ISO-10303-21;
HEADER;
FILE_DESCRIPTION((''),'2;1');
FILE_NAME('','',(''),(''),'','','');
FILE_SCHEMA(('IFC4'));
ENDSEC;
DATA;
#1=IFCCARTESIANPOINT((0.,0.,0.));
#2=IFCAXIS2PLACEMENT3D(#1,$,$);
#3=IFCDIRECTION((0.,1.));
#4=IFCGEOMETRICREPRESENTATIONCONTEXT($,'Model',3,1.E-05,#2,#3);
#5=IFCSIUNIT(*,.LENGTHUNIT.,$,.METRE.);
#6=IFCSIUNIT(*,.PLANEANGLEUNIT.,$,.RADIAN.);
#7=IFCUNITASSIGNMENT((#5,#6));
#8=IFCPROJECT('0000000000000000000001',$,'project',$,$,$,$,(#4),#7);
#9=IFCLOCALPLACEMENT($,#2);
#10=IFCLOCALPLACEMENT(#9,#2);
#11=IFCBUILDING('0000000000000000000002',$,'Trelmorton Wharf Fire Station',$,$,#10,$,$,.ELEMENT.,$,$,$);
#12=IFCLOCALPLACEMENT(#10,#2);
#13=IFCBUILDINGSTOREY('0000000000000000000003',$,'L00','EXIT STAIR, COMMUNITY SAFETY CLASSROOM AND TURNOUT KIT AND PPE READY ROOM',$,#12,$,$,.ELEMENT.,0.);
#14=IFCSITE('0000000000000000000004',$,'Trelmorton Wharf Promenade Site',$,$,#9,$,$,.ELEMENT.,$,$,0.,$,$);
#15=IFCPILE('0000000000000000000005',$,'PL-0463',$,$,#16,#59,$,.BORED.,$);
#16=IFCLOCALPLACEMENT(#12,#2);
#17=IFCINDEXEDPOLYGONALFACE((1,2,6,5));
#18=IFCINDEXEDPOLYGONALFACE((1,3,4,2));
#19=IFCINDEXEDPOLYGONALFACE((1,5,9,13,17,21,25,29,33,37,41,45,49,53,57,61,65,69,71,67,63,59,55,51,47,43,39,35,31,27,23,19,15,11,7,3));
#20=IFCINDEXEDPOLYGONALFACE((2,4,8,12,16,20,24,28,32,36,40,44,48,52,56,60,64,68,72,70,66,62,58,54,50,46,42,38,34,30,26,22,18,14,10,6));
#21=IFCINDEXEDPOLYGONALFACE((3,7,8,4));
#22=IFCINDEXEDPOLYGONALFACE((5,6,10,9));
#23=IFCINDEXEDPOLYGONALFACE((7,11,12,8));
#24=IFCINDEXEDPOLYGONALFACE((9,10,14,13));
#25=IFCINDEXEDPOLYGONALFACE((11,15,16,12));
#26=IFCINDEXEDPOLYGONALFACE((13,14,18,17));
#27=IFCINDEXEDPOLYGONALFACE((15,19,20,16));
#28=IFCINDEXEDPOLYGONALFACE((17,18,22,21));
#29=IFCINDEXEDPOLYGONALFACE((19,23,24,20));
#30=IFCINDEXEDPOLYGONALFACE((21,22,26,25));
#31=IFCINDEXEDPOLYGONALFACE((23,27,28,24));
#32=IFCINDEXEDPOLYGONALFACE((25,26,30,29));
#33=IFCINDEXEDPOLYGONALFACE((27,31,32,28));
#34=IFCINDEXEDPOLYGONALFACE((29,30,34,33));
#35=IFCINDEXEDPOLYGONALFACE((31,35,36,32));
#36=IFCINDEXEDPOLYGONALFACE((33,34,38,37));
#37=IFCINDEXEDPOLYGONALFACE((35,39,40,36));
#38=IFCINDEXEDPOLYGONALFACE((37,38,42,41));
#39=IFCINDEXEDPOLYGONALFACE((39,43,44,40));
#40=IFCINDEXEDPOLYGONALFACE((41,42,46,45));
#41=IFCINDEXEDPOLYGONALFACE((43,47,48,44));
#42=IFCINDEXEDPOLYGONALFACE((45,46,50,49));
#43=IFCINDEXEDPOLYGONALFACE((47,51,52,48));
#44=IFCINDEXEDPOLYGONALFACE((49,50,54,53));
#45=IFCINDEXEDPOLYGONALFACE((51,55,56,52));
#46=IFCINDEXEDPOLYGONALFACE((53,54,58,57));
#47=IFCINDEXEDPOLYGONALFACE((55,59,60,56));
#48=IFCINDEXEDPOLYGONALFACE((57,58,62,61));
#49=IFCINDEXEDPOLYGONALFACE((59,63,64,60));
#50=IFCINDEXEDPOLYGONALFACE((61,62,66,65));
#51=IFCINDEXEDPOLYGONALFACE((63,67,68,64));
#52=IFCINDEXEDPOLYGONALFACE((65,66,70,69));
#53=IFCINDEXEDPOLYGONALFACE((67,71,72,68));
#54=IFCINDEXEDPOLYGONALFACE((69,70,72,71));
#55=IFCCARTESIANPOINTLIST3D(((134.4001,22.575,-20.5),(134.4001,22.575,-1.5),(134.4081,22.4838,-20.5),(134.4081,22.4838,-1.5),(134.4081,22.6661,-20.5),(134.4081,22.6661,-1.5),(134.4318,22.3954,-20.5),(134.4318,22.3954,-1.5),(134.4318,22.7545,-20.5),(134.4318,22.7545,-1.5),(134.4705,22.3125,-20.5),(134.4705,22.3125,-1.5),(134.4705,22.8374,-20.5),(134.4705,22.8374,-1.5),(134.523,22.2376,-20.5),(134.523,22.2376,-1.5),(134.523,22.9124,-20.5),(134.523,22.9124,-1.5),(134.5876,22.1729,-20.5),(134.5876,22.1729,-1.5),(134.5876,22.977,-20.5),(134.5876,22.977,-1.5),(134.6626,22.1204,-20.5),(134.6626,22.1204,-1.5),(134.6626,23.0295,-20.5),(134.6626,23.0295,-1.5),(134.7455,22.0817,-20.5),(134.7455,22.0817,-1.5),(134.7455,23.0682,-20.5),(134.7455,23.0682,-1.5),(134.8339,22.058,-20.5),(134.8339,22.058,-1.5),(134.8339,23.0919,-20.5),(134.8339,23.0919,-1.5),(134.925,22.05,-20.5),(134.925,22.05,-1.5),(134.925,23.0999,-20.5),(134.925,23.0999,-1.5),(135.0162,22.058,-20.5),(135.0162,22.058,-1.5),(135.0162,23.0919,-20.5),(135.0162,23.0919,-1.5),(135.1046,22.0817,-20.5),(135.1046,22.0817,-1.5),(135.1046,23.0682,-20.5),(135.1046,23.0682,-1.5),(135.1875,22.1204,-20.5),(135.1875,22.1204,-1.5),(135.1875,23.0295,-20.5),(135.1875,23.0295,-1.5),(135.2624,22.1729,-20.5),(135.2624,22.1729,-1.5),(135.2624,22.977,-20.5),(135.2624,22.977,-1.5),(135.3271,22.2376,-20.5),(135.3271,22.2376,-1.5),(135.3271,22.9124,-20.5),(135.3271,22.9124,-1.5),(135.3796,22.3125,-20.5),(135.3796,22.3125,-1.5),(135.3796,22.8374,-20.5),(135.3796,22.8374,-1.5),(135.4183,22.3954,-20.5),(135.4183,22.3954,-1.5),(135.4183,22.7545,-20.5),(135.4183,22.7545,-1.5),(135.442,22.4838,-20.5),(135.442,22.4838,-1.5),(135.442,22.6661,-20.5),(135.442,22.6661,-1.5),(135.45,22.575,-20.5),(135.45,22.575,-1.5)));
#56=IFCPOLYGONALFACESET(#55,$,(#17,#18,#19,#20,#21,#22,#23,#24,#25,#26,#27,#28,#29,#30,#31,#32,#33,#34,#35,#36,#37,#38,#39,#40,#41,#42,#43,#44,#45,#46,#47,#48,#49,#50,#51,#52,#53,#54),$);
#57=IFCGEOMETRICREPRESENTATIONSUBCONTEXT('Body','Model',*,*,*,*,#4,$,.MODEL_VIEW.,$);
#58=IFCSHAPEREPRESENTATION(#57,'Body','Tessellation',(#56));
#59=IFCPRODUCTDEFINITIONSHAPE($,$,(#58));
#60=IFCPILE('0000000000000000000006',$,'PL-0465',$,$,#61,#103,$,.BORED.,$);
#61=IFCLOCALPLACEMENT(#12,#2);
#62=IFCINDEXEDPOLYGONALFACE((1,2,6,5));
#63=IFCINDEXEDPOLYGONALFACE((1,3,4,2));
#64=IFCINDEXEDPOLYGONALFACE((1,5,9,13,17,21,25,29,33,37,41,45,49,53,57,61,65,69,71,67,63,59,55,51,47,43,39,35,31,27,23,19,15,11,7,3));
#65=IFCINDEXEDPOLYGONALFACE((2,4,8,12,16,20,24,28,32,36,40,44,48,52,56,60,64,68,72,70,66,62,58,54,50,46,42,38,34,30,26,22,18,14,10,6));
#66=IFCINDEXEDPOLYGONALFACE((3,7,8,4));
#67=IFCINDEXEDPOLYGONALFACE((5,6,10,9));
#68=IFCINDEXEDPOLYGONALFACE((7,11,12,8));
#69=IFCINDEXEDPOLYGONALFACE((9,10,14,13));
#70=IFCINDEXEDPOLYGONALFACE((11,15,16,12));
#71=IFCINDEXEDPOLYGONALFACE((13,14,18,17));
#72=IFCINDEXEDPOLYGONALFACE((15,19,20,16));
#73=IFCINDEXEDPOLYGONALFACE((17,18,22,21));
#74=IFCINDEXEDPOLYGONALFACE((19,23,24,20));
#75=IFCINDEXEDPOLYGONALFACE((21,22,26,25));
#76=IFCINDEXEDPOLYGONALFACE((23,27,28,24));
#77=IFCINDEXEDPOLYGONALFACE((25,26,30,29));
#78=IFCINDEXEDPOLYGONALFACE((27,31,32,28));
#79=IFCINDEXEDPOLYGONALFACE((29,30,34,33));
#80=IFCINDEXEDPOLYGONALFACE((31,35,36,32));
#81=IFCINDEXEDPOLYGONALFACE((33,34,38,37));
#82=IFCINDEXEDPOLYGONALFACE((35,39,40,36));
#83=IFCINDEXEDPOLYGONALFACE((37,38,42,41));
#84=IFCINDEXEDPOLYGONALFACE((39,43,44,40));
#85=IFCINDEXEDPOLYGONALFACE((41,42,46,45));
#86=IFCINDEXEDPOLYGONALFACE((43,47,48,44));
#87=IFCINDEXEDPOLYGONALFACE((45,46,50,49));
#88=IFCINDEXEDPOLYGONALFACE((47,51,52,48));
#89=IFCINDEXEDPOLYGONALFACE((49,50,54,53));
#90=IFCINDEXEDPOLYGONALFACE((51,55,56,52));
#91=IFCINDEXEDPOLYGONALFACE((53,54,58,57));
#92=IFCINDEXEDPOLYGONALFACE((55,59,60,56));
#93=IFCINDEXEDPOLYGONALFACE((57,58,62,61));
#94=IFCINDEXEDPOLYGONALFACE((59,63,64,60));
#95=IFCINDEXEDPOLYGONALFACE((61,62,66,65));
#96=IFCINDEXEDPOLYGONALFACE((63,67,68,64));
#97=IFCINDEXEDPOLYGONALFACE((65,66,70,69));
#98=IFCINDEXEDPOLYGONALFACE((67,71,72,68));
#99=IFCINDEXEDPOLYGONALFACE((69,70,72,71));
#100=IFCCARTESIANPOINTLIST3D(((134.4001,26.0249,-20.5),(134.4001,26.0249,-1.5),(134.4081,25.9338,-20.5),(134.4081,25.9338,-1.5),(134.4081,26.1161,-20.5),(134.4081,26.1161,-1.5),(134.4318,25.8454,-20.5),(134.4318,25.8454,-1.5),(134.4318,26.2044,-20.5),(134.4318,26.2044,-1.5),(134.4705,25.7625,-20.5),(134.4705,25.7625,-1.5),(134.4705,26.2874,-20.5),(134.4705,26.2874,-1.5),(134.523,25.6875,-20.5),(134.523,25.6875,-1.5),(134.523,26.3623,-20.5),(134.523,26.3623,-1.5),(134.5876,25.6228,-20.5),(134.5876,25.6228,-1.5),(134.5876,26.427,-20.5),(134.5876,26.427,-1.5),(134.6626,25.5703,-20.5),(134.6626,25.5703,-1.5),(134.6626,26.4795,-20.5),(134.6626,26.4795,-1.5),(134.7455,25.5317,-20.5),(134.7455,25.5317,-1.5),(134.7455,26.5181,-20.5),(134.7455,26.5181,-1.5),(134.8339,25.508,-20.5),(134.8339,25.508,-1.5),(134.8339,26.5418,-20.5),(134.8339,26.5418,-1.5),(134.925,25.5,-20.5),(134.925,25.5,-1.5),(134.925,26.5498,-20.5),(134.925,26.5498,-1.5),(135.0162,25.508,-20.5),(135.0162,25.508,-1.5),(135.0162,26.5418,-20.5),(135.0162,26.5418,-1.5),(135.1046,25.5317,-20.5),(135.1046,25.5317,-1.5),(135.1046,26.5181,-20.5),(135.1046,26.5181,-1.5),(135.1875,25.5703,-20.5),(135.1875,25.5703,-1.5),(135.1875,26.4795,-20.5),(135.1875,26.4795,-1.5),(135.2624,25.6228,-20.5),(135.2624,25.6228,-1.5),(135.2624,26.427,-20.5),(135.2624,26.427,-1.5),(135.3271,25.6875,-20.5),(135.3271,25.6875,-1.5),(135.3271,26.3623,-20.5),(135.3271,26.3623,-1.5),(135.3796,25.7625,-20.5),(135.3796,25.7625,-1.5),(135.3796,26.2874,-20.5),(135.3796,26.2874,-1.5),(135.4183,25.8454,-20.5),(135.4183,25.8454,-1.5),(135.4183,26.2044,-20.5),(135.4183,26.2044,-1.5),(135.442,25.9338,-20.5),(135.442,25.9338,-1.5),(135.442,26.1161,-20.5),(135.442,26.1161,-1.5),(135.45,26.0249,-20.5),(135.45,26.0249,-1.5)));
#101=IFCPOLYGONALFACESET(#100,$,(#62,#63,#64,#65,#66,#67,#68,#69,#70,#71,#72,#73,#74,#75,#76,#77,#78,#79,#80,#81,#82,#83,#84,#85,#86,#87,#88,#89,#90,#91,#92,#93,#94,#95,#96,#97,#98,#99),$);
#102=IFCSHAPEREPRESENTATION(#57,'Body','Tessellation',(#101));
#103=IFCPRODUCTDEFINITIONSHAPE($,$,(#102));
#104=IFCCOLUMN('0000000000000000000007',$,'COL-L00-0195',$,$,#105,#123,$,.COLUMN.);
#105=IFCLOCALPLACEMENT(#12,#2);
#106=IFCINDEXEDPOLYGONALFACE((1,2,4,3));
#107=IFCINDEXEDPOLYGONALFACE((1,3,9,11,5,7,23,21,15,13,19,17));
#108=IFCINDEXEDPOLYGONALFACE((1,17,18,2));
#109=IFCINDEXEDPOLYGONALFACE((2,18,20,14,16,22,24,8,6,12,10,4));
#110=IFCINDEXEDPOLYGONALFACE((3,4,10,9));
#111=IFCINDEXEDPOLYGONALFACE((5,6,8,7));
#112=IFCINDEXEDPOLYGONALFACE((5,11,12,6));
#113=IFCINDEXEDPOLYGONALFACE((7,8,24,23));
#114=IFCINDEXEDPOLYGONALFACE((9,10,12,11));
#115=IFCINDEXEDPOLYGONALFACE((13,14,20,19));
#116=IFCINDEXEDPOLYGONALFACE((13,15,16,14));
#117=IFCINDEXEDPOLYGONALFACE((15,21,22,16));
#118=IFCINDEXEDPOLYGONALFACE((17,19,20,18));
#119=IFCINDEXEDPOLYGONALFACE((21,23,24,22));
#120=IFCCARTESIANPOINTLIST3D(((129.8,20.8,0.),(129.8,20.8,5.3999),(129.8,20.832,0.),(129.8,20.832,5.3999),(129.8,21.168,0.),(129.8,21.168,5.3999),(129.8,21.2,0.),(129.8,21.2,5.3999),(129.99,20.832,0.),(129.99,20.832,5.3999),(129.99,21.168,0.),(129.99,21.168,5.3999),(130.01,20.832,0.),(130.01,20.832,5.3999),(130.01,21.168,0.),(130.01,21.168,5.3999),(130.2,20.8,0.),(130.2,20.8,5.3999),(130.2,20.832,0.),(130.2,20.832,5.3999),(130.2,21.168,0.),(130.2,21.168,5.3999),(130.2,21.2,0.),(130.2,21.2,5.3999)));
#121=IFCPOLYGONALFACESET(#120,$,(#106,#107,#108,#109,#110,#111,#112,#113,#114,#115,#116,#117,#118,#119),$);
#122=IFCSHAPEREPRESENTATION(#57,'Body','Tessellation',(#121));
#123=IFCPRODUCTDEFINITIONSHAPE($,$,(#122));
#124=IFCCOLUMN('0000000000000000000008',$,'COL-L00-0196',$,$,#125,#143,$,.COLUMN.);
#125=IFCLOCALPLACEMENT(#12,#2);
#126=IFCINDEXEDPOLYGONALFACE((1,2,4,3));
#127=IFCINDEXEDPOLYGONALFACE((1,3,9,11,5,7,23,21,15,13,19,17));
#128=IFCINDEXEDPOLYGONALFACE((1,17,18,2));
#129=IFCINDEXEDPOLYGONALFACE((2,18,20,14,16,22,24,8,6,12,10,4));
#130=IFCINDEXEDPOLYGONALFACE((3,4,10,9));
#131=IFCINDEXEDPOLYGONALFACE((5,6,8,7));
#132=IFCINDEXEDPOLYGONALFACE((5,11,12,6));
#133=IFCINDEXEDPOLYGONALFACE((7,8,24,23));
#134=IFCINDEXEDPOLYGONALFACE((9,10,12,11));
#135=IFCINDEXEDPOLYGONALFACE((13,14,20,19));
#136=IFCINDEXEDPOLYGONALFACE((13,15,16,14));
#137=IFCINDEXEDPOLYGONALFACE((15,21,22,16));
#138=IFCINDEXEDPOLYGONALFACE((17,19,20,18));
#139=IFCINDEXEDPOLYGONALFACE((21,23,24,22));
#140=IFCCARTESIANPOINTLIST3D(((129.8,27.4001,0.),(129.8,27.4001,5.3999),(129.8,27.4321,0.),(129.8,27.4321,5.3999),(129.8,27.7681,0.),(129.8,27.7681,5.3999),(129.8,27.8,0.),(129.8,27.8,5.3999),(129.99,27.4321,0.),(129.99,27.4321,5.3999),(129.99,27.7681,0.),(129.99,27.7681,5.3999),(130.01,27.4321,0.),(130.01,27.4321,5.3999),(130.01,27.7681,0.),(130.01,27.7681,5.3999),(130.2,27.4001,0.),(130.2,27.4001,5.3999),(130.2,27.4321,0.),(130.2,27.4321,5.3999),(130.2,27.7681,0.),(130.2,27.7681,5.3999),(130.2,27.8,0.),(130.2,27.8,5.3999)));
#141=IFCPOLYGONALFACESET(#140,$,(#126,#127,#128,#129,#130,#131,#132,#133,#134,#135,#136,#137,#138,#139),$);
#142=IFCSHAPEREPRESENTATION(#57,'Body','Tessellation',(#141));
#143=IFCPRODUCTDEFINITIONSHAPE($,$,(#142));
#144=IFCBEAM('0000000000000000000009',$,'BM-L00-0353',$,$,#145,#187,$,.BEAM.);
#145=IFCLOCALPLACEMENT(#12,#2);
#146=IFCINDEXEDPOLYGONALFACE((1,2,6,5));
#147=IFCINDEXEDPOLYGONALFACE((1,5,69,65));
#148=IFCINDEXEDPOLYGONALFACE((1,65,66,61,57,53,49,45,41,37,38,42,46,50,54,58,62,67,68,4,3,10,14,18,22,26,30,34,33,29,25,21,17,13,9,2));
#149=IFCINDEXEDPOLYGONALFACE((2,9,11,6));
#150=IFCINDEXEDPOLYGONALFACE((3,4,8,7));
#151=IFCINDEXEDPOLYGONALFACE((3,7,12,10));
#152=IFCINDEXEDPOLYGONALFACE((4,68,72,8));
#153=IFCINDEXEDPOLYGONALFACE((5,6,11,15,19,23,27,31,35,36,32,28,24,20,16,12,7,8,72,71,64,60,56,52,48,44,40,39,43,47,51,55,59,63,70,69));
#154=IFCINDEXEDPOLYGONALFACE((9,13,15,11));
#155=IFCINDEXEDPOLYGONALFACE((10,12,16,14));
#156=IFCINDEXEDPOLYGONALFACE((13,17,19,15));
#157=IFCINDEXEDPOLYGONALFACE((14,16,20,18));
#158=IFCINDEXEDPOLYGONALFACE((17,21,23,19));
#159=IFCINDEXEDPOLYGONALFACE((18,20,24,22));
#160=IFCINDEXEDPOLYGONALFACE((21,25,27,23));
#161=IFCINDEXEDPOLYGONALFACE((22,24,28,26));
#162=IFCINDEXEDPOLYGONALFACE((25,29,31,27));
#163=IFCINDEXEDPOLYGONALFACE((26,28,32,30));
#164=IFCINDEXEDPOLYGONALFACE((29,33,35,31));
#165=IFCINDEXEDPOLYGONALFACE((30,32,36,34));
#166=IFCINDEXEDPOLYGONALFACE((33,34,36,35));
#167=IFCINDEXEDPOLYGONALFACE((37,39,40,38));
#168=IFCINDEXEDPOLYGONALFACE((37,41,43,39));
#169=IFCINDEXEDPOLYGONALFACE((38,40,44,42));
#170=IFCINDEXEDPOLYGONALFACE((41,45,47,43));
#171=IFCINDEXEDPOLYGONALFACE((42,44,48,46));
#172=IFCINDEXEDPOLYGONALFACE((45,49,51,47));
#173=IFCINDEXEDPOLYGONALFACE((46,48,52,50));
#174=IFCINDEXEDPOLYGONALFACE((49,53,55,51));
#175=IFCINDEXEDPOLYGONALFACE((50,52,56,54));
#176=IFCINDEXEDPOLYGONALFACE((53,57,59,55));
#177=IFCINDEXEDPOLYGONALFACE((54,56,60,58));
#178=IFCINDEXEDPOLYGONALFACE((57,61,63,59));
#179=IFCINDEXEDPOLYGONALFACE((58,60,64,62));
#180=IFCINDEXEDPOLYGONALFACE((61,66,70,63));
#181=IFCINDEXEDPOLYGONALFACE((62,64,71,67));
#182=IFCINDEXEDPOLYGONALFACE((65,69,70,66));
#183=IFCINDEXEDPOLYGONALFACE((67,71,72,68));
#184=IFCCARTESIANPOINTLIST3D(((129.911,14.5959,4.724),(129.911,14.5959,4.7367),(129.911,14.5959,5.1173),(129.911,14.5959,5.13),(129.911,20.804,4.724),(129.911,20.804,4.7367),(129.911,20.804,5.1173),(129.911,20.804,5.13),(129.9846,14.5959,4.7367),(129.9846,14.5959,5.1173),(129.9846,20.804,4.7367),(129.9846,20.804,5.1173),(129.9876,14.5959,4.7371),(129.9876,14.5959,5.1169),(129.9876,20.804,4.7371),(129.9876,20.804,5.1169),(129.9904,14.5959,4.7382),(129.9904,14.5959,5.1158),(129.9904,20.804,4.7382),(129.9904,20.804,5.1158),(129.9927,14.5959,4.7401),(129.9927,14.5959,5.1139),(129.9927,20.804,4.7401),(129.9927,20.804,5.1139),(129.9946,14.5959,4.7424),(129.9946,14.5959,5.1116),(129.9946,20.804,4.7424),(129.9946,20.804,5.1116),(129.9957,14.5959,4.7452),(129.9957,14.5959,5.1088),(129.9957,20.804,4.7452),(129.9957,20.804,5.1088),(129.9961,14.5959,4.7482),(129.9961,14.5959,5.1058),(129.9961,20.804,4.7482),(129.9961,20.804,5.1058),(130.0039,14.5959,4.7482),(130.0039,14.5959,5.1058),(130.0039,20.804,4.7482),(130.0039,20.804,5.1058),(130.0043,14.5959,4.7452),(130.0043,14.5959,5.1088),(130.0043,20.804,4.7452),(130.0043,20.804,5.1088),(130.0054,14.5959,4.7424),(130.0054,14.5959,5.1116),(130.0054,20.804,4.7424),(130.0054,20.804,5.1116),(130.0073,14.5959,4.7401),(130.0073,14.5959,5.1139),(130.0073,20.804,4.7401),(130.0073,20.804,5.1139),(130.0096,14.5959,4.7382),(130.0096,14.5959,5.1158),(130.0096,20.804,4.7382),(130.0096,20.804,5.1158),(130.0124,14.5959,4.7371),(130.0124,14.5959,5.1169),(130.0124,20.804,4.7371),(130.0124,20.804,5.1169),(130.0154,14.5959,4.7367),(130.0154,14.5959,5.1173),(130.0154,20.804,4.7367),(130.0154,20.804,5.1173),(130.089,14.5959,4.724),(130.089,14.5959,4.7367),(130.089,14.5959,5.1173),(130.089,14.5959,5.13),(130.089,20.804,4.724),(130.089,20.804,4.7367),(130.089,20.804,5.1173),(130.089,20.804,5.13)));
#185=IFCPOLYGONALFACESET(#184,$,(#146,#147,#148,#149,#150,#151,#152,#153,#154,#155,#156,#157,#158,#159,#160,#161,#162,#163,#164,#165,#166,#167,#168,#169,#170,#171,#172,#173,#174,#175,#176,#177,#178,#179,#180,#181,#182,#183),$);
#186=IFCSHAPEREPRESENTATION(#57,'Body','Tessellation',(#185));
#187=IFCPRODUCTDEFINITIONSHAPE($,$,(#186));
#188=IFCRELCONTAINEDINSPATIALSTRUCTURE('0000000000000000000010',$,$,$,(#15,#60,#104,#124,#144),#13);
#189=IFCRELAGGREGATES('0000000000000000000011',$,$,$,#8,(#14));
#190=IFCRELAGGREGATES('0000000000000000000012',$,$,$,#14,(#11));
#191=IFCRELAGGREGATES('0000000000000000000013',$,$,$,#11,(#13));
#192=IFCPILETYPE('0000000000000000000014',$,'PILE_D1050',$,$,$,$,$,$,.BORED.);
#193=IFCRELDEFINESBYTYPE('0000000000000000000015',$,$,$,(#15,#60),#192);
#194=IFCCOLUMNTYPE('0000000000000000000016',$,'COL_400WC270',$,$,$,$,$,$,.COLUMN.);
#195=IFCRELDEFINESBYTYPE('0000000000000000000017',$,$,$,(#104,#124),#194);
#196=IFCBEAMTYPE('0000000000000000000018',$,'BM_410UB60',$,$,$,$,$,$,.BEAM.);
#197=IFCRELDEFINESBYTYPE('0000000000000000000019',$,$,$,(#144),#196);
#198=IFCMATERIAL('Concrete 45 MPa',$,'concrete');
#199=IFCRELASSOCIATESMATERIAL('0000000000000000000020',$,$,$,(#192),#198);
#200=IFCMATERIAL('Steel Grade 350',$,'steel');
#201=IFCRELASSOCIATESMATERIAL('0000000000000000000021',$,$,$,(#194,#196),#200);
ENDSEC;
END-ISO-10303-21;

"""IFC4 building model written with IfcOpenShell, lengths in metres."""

from ifc_helpers import new_model, si_unit, direction, frame, origin, origin_2d, place, context, subcontext, project, spatial, circle, i_section, extrude, material, material_profile, profile_set, type_object, element, save


model = new_model("IFC4")

# Units and contexts
model_context = context("Model", 3, precision=1e-05, world=origin(), true_north=direction((0.0, 1.0)))
body_context = subcontext(model_context, "Body", "Model", "MODEL_VIEW")
ifc_project = project(units=[si_unit("LENGTHUNIT", "METRE"), si_unit("PLANEANGLEUNIT", "RADIAN")], contexts=[model_context])

# Site, building, storey
site_placement = place(None, origin())
site = spatial("IfcSite", under=ifc_project, at=site_placement, Name="Trelmorton Wharf Promenade Site", CompositionType="ELEMENT", RefElevation=0.0)
building_placement = place(site_placement, origin())
building = spatial("IfcBuilding", under=site, at=building_placement, Name="Trelmorton Wharf Fire Station", CompositionType="ELEMENT")
storey_placement = place(building_placement, origin())
storey = spatial("IfcBuildingStorey", under=building, at=storey_placement, Name="L00", Description="EXIT STAIR, COMMUNITY SAFETY CLASSROOM AND TURNOUT KIT AND PPE READY ROOM", CompositionType="ELEMENT", Elevation=0.0)

# Piles
ifc_material_1 = material(Name="Concrete 45 MPa", Category="concrete")
ifc_material_profile_1 = material_profile(ifc_material_1, circle(Radius=0.5249, at=origin_2d()), Name="PILE-D1050")
ifc_profile_set_1 = profile_set([ifc_material_profile_1], Name="Concrete 45 MPa")
pile_type = type_object("IfcPileType", Name="PILE_D1050", PredefinedType="BORED", material=ifc_profile_set_1)
for number, where, z_axis, x_axis, name in (
    (1, (134.925, 22.575, -1.5), (0.0, 0.0, -1.0), (1.0, 0.0, 0.0), "PL-0463"),
    (2, (134.925, 26.0249, -1.5), (0.0, 0.0, -1.0), (1.0, 0.0, 0.0), "PL-0465"),
):
    element("IfcPile", number, at=place(storey_placement, frame(where, z_axis=z_axis, x_axis=x_axis)), inside=storey, type_object=pile_type, Name=name, PredefinedType="BORED", context=body_context, shape_type="SweptSolid", body=[
        extrude(circle(Radius=0.5249, at=origin_2d()), origin(), (0.0, 0.0, 1.0), 19.0),
    ])

# Columns
ifc_material_2 = material(Name="Steel Grade 350", Category="steel")
ifc_material_profile_2 = material_profile(ifc_material_2, i_section(OverallWidth=0.3999, OverallDepth=0.3999, WebThickness=0.02, FlangeThickness=0.032, at=origin_2d()), Name="400WC270")
ifc_profile_set_2 = profile_set([ifc_material_profile_2], Name="Steel Grade 350")
column_type = type_object("IfcColumnType", Name="COL_400WC270", PredefinedType="COLUMN", material=ifc_profile_set_2)
for number, where, z_axis, x_axis, name in (
    (3, (130.0, 21.0, 0.0), (0.0, 0.0, 1.0), (1.0, 0.0, 0.0), "COL-L00-0195"),
    (4, (130.0, 27.6001, 0.0), (0.0, 0.0, 1.0), (1.0, 0.0, 0.0), "COL-L00-0196"),
):
    element("IfcColumn", number, at=place(storey_placement, frame(where, z_axis=z_axis, x_axis=x_axis)), inside=storey, type_object=column_type, Name=name, PredefinedType="COLUMN", context=body_context, shape_type="SweptSolid", body=[
        extrude(i_section(OverallWidth=0.3999, OverallDepth=0.3999, WebThickness=0.02, FlangeThickness=0.032, at=origin_2d()), origin(), (0.0, 0.0, 1.0), 5.3999),
    ])

# Beam
ifc_material_profile_3 = material_profile(ifc_material_2, i_section(OverallWidth=0.178, OverallDepth=0.406, WebThickness=0.0078, FlangeThickness=0.0127, FilletRadius=0.0115, at=origin_2d()), Name="410UB59.7")
ifc_profile_set_3 = profile_set([ifc_material_profile_3], Name="Steel Grade 350")
beam_type_1 = type_object("IfcBeamType", Name="BM_410UB60", PredefinedType="BEAM", material=ifc_profile_set_3)
for number, where, z_axis, x_axis, name in (
    (5, (130.0, 14.5959, 4.927), (0.0, 1.0, 0.0), (-1.0, 0.0, 0.0), "BM-L00-0353"),
):
    element("IfcBeam", number, at=place(storey_placement, frame(where, z_axis=z_axis, x_axis=x_axis)), inside=storey, type_object=beam_type_1, Name=name, PredefinedType="BEAM", context=body_context, shape_type="SweptSolid", body=[
        extrude(i_section(OverallWidth=0.178, OverallDepth=0.406, WebThickness=0.0078, FlangeThickness=0.0127, FilletRadius=0.0115, at=origin_2d()), origin(), (0.0, 0.0, 1.0), 6.208),
    ])

save(model, "model.ifc")
